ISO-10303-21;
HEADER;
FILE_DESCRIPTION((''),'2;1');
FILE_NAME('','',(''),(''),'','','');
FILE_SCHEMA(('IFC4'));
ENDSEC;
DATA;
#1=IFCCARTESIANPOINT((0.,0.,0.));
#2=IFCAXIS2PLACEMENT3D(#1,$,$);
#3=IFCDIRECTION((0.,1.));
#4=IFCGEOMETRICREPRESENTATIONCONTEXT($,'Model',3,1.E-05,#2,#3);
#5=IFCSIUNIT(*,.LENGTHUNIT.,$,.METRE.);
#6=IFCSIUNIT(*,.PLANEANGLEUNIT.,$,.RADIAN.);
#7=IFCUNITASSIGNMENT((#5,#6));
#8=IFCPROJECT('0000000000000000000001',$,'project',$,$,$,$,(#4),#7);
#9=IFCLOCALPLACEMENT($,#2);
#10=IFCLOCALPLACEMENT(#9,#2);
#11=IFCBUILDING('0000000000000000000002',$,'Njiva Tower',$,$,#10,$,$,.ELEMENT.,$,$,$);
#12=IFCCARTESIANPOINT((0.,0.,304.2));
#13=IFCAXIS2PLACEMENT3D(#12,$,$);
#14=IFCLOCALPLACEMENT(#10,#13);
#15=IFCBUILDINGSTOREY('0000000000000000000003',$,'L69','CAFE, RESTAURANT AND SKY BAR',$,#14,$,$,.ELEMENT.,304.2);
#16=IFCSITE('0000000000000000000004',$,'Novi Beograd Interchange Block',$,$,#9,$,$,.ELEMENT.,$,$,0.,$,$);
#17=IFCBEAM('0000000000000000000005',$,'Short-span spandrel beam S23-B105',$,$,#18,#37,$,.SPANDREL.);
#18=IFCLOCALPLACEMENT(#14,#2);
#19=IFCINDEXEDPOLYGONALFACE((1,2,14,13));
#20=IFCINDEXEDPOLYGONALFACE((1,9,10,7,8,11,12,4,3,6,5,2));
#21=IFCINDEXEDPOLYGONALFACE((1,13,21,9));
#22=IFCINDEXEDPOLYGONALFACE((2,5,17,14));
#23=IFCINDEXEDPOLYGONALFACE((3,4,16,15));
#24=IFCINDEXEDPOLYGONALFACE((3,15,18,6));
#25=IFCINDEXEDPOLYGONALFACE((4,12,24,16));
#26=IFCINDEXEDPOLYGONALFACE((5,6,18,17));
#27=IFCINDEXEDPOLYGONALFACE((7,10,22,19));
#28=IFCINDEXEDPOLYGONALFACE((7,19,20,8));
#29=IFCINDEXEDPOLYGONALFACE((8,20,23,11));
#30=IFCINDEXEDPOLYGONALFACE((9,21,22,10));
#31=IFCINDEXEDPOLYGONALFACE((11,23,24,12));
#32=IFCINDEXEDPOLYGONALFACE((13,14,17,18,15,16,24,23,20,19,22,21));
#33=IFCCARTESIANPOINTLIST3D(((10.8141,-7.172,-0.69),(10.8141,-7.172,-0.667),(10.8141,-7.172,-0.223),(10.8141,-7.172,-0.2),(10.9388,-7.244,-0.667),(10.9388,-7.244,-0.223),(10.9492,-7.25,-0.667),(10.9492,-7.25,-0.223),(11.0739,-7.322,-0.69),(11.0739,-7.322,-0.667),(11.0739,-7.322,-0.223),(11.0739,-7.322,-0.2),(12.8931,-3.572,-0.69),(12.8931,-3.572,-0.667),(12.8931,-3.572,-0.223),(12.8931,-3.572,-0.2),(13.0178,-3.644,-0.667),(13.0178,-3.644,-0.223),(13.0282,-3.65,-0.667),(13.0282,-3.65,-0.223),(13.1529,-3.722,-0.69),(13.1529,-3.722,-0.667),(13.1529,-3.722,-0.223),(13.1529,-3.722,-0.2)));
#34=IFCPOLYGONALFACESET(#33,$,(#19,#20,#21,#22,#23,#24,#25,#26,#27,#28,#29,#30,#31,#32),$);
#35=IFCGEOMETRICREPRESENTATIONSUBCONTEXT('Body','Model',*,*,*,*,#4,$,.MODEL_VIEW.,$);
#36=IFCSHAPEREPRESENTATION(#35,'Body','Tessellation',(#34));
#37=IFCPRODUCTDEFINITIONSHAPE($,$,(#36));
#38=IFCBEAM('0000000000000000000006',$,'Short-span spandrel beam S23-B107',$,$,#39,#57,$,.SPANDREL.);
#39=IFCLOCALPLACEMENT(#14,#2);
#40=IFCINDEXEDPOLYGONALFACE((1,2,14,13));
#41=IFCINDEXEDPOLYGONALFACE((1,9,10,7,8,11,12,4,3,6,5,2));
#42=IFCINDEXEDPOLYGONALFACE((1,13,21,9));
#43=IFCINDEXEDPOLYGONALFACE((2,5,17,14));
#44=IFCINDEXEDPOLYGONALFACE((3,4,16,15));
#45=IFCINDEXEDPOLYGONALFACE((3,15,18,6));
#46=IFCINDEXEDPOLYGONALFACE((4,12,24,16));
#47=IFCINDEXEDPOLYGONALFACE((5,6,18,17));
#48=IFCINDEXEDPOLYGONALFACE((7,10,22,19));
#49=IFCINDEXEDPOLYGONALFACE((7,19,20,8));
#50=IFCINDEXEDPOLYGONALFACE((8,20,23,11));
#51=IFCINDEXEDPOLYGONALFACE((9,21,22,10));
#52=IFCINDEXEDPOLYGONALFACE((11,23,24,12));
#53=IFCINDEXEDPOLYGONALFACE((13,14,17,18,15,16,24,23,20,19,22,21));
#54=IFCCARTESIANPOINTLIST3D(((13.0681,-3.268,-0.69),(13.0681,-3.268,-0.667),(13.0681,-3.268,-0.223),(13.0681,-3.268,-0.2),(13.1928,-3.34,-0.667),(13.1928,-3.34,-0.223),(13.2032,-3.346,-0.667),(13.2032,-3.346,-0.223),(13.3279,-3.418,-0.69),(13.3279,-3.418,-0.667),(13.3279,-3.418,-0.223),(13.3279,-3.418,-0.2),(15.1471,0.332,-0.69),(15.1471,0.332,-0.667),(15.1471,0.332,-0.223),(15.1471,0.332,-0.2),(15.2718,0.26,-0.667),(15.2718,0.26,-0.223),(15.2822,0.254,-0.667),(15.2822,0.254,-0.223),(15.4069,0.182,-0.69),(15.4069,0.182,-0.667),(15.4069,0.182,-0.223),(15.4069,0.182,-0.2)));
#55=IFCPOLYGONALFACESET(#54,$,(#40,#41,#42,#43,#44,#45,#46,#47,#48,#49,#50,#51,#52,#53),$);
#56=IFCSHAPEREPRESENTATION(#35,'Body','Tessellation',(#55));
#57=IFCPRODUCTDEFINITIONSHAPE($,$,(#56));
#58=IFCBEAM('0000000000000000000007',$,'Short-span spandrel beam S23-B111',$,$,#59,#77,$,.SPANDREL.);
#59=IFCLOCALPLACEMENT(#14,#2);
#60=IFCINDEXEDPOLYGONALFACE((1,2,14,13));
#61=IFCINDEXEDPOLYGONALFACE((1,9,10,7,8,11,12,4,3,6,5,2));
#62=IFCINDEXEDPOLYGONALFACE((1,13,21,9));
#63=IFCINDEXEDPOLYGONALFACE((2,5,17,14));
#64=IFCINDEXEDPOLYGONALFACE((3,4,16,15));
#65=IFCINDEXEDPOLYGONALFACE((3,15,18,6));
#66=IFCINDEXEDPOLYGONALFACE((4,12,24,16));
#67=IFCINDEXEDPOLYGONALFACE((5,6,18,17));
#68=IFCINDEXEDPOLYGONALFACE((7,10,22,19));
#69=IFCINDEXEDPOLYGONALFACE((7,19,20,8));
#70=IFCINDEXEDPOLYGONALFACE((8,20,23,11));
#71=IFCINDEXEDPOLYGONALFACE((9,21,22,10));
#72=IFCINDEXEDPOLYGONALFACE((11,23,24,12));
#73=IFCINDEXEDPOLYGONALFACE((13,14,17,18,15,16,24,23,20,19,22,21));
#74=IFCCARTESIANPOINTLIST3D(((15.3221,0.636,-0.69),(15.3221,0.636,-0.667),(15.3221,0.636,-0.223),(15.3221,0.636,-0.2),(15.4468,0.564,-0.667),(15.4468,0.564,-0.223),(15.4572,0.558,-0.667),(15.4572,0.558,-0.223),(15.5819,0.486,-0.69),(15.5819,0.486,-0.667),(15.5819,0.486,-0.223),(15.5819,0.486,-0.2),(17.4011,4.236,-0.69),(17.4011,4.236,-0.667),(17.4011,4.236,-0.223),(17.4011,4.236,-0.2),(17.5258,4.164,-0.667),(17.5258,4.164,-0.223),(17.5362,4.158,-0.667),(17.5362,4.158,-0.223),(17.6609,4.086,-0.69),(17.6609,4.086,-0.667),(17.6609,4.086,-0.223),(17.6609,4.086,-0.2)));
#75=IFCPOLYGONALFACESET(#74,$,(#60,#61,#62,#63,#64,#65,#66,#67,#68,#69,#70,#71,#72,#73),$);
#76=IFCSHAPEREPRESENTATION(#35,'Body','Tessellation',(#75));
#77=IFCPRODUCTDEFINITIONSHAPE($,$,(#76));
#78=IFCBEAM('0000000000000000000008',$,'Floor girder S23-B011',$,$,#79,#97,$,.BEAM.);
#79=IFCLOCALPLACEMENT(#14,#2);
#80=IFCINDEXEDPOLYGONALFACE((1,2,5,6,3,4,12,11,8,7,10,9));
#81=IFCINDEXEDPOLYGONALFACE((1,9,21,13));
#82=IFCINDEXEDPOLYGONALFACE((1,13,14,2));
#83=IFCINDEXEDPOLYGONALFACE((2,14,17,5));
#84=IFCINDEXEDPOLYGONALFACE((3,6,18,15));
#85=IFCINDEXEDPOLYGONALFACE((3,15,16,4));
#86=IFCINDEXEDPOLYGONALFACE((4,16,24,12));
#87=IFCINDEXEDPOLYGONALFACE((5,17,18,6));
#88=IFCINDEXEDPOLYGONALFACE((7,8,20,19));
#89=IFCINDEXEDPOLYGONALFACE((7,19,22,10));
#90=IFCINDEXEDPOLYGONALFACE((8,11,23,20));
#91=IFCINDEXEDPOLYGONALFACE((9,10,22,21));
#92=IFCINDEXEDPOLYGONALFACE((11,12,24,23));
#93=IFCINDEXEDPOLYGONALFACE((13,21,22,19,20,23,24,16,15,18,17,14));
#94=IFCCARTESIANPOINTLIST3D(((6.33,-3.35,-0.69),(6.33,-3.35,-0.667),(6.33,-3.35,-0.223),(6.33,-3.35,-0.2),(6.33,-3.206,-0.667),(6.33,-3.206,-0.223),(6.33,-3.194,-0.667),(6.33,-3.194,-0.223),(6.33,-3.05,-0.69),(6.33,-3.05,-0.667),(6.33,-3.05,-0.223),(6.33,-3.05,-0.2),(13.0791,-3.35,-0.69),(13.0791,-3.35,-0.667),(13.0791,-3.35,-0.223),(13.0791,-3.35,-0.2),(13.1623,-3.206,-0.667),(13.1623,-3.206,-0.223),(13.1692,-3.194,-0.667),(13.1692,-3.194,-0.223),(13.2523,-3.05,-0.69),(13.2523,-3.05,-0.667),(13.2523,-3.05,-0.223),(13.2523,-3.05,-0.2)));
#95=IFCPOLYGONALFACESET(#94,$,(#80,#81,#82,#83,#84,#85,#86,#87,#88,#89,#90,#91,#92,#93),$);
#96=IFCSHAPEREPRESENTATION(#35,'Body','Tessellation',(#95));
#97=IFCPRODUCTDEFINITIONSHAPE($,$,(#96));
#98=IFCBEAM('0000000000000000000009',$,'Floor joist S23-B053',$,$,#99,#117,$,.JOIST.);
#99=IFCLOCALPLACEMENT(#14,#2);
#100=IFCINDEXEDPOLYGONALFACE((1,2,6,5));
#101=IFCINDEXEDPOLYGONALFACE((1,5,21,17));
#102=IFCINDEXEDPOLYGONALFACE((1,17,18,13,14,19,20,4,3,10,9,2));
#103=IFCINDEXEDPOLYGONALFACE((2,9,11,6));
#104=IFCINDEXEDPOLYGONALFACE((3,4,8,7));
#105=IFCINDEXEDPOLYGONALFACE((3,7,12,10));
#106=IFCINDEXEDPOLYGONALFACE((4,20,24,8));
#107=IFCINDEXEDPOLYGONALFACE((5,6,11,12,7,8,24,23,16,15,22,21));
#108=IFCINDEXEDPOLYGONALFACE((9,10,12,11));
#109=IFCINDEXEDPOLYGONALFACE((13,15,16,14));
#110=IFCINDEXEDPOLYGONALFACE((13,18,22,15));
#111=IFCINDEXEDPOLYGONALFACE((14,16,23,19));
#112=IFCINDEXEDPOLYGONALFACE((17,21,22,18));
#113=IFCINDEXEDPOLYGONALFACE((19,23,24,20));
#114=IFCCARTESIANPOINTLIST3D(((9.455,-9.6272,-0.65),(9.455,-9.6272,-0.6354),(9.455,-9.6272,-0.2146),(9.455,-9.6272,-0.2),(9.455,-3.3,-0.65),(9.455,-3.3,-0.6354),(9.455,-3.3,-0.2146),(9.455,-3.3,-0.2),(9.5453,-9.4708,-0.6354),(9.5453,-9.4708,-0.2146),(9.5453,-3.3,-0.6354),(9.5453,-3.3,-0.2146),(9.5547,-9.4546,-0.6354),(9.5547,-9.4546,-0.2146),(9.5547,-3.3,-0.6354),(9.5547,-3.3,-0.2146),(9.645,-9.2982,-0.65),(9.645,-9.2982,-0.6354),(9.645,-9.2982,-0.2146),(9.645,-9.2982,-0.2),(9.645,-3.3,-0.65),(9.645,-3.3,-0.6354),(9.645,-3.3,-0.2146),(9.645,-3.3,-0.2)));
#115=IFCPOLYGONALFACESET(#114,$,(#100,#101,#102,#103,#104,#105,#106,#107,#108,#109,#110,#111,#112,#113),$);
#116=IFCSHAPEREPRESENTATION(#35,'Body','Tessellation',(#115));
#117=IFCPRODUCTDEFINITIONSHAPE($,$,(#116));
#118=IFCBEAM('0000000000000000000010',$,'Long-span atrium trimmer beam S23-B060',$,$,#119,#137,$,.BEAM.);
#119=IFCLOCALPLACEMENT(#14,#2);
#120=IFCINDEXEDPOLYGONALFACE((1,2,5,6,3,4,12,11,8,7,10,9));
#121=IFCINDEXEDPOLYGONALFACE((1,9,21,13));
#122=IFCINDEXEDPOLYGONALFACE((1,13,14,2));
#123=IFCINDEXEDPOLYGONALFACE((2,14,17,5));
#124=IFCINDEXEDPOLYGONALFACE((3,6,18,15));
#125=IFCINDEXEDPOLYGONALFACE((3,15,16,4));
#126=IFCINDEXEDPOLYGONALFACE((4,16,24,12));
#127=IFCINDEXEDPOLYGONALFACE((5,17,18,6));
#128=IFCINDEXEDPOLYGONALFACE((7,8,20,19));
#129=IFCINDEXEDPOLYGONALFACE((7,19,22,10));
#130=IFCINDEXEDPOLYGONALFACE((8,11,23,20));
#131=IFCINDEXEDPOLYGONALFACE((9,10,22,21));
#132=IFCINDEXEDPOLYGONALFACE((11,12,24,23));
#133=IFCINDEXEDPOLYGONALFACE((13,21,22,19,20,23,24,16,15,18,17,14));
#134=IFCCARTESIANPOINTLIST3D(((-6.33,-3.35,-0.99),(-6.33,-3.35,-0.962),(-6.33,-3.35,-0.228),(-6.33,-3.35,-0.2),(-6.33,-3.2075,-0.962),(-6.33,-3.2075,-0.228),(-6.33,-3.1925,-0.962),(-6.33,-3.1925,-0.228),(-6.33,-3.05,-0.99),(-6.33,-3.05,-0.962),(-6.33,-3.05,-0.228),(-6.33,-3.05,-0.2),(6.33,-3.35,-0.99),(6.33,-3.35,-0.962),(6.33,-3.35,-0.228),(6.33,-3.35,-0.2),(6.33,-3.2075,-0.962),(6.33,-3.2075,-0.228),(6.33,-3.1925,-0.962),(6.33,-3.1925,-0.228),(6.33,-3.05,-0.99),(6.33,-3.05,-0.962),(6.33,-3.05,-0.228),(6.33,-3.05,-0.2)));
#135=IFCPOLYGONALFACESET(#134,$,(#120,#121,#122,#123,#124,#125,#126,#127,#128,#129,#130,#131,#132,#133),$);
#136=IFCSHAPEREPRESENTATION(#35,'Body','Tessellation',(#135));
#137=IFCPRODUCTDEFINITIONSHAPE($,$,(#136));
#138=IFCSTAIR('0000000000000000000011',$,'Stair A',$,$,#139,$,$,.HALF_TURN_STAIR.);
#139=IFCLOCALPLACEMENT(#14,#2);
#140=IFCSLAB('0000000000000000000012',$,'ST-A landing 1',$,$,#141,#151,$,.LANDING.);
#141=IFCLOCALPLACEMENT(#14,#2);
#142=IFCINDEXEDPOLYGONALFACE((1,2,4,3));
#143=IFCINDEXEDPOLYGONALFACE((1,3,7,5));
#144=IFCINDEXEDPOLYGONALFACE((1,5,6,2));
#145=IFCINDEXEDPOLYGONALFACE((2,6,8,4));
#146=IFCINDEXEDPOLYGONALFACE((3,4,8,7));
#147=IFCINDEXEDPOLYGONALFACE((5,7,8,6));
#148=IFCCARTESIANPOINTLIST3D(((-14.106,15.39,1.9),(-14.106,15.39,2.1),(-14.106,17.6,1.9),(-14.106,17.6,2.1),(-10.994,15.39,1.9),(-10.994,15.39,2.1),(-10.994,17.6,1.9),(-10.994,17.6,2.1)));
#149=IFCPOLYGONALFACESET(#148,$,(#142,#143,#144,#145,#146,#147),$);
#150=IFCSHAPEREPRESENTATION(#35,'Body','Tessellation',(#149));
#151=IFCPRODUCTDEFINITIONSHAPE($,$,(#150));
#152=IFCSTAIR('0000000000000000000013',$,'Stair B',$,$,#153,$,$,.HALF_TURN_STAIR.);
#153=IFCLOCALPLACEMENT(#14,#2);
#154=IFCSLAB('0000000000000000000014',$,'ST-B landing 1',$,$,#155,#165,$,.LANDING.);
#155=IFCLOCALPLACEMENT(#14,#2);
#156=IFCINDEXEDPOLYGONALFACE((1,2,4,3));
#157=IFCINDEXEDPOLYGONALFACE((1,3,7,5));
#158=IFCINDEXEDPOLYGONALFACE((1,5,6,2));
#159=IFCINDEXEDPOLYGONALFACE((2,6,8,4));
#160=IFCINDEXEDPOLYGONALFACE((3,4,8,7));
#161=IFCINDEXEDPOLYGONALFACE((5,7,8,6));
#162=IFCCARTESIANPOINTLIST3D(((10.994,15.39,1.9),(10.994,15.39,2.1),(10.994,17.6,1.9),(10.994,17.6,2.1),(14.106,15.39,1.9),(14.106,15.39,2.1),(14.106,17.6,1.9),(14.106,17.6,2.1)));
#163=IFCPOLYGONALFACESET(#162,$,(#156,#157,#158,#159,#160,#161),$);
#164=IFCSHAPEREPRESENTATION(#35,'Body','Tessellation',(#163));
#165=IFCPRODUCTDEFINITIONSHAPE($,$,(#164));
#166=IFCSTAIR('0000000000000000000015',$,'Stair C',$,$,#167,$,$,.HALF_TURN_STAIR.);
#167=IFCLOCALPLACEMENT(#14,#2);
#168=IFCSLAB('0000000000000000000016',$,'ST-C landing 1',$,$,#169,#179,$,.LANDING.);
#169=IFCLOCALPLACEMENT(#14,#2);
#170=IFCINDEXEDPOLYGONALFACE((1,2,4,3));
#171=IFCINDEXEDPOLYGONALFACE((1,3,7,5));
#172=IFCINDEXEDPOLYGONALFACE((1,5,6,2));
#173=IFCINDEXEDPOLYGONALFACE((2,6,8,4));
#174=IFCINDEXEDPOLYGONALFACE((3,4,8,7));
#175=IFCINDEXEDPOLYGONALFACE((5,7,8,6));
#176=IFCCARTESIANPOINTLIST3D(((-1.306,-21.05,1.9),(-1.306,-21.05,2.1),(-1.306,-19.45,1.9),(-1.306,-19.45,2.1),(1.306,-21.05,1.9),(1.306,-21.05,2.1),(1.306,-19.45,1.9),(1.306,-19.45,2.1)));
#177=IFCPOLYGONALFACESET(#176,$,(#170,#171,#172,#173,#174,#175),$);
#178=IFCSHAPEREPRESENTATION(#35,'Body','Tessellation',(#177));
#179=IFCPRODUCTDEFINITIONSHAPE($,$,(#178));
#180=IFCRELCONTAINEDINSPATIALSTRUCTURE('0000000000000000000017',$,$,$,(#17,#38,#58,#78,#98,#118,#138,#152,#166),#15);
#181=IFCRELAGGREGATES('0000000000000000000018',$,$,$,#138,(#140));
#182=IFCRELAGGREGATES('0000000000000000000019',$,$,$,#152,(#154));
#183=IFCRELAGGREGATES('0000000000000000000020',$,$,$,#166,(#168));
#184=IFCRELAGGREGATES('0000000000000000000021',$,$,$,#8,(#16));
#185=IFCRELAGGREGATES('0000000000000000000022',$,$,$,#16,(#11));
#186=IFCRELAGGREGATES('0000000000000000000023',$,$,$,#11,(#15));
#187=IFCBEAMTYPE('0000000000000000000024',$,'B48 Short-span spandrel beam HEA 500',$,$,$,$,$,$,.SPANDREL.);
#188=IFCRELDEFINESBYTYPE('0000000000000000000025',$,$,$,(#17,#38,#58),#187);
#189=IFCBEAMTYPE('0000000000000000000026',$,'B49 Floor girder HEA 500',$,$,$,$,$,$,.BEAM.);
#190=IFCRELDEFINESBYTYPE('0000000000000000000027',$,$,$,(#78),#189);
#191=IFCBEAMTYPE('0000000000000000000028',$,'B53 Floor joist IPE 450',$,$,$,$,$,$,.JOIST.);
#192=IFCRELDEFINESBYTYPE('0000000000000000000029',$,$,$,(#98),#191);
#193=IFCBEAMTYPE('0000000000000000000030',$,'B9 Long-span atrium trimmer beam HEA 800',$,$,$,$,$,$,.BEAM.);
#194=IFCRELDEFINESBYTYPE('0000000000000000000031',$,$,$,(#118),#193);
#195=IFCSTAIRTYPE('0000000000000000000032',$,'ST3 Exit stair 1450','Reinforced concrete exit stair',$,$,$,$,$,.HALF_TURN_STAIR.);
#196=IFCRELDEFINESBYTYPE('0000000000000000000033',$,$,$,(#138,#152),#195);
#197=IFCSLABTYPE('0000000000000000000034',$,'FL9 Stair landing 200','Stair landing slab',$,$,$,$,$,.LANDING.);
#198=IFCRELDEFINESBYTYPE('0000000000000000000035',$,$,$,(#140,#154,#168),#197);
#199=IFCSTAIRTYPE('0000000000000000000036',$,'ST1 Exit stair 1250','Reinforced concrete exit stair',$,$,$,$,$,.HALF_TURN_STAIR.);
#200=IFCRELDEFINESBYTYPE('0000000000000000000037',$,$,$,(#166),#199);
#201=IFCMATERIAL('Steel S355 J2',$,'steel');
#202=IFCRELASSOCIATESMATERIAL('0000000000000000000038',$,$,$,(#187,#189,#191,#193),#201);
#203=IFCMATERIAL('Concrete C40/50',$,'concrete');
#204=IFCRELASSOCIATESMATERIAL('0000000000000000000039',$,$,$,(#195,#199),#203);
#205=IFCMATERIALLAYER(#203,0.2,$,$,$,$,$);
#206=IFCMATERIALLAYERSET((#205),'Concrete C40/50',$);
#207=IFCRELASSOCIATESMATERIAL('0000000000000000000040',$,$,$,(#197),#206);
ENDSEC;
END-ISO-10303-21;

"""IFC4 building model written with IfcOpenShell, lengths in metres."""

from ifc_helpers import new_model, si_unit, direction, frame, origin, origin_2d, place, context, subcontext, project, spatial, polyline, i_section, outline, extrude, clip, halfspace, material, layer, layer_set, material_profile, profile_set, type_object, element, aggregate, save


model = new_model("IFC4")

# Units and contexts
model_context = context("Model", 3, precision=1e-05, world=origin(), true_north=direction((0.0, 1.0)))
body_context = subcontext(model_context, "Body", "Model", "MODEL_VIEW")
ifc_project = project(units=[si_unit("LENGTHUNIT", "METRE"), si_unit("PLANEANGLEUNIT", "RADIAN")], contexts=[model_context])

# Site, building, storey
site_placement = place(None, origin())
site = spatial("IfcSite", under=ifc_project, at=site_placement, Name="Novi Beograd Interchange Block", CompositionType="ELEMENT", RefElevation=0.0)
building_placement = place(site_placement, origin())
building = spatial("IfcBuilding", under=site, at=building_placement, Name="Njiva Tower", CompositionType="ELEMENT")
storey_placement = place(building_placement, frame((0.0, 0.0, 304.2)))
storey = spatial("IfcBuildingStorey", under=building, at=storey_placement, Name="L69", Description="CAFE, RESTAURANT AND SKY BAR", CompositionType="ELEMENT", Elevation=304.2)

# Shared definitions
ifc_material_1 = material(Name="Steel S355 J2", Category="steel")

# Beams
ifc_material_profile_1 = material_profile(ifc_material_1, i_section(OverallWidth=0.3, OverallDepth=0.49, WebThickness=0.012, FlangeThickness=0.023, at=origin_2d()), Name="HEA 500")
ifc_profile_set_1 = profile_set([ifc_material_profile_1], Name="Steel S355 J2")
beam_type_1 = type_object("IfcBeamType", Name="B48 Short-span spandrel beam HEA 500", PredefinedType="SPANDREL", material=ifc_profile_set_1)
for number, where, z_axis, x_axis, name in (
    (1, (10.944, -7.247, -0.445), (0.500097, 0.865969, 0.0), (-0.865969, 0.500097, 0.0), "Short-span spandrel beam S23-B105"),
    (2, (13.198, -3.343, -0.445), (0.500097, 0.865969, 0.0), (-0.865969, 0.500097, 0.0), "Short-span spandrel beam S23-B107"),
    (3, (15.452, 0.561, -0.445), (0.500097, 0.865969, 0.0), (-0.865969, 0.500097, 0.0), "Short-span spandrel beam S23-B111"),
):
    element("IfcBeam", number, at=place(storey_placement, frame(where, z_axis=z_axis, x_axis=x_axis)), inside=storey, type_object=beam_type_1, Name=name, PredefinedType="SPANDREL", context=body_context, shape_type="SweptSolid", body=[
        extrude(i_section(OverallWidth=0.3, OverallDepth=0.49, WebThickness=0.012, FlangeThickness=0.023, at=origin_2d()), origin(), (0.0, 0.0, 1.0), 4.1572),
    ])
ifc_material_profile_2 = material_profile(ifc_material_1, i_section(OverallWidth=0.3, OverallDepth=0.49, WebThickness=0.012, FlangeThickness=0.023, at=origin_2d()), Name="HEA 500")
ifc_profile_set_2 = profile_set([ifc_material_profile_2], Name="Steel S355 J2")
beam_type_2 = type_object("IfcBeamType", Name="B49 Floor girder HEA 500", PredefinedType="BEAM", material=ifc_profile_set_2)
beam_1_placement = place(storey_placement, frame((6.33, -3.2, -0.445), z_axis=(1.0, 0.0, 0.0), x_axis=(0.0, 1.0, 0.0)))
element("IfcBeam", 4, at=beam_1_placement, inside=storey, type_object=beam_type_2, Name="Floor girder S23-B011", PredefinedType="BEAM", context=body_context, shape_type="Clipping", body=[
    clip(extrude(i_section(OverallWidth=0.3, OverallDepth=0.49, WebThickness=0.012, FlangeThickness=0.023, at=origin_2d()), origin(), (0.0, 0.0, 1.0), 6.943), halfspace(frame((-0.025, 0.0, 6.8213), z_axis=(-0.499998, 0.0, 0.866027), x_axis=(0.0, 1.0, 0.0)), False)),
])
ifc_material_profile_3 = material_profile(ifc_material_1, i_section(OverallWidth=0.19, OverallDepth=0.45, WebThickness=0.0094, FlangeThickness=0.0146, at=origin_2d()), Name="IPE 450")
ifc_profile_set_3 = profile_set([ifc_material_profile_3], Name="Steel S355 J2")
beam_type_3 = type_object("IfcBeamType", Name="B53 Floor joist IPE 450", PredefinedType="JOIST", material=ifc_profile_set_3)
beam_2_placement = place(storey_placement, frame((9.55, -3.3, -0.425), z_axis=(0.0, -1.0, 0.0), x_axis=(1.0, 0.0, 0.0)))
element("IfcBeam", 5, at=beam_2_placement, inside=storey, type_object=beam_type_3, Name="Floor joist S23-B053", PredefinedType="JOIST", context=body_context, shape_type="Clipping", body=[
    clip(extrude(i_section(OverallWidth=0.19, OverallDepth=0.45, WebThickness=0.0094, FlangeThickness=0.0146, at=origin_2d()), origin(), (0.0, 0.0, 1.0), 6.348), halfspace(frame((0.0433, 0.0, 6.0877), z_axis=(0.866027, 0.0, 0.499998), x_axis=(0.0, 1.0, 0.0)), False)),
])
ifc_material_profile_4 = material_profile(ifc_material_1, i_section(OverallWidth=0.3, OverallDepth=0.79, WebThickness=0.015, FlangeThickness=0.028, at=origin_2d()), Name="HEA 800")
ifc_profile_set_4 = profile_set([ifc_material_profile_4], Name="Steel S355 J2")
beam_type_4 = type_object("IfcBeamType", Name="B9 Long-span atrium trimmer beam HEA 800", PredefinedType="BEAM", material=ifc_profile_set_4)
beam_3_placement = place(storey_placement, frame((6.33, -3.2, -0.595), z_axis=(-1.0, 0.0, 0.0), x_axis=(0.0, -1.0, 0.0)))
element("IfcBeam", 6, at=beam_3_placement, inside=storey, type_object=beam_type_4, Name="Long-span atrium trimmer beam S23-B060", PredefinedType="BEAM", context=body_context, shape_type="SweptSolid", body=[
    extrude(i_section(OverallWidth=0.3, OverallDepth=0.79, WebThickness=0.015, FlangeThickness=0.028, at=origin_2d()), origin(), (0.0, 0.0, 1.0), 12.66),
])

# Stairs, slabs
ifc_material_2 = material(Name="Concrete C40/50", Category="concrete")
stair_type_1 = type_object("IfcStairType", Name="ST3 Exit stair 1450", Description="Reinforced concrete exit stair", PredefinedType="HALF_TURN_STAIR", material=ifc_material_2)
stair_1_placement = place(storey_placement, origin())
stair_1 = element("IfcStair", 7, at=stair_1_placement, inside=storey, type_object=stair_type_1, Name="Stair A", PredefinedType="HALF_TURN_STAIR")
ifc_layer_1 = layer(ifc_material_2, 0.2)
ifc_layer_set_1 = layer_set([ifc_layer_1], Name="Concrete C40/50")
slab_type_1 = type_object("IfcSlabType", Name="FL9 Stair landing 200", Description="Stair landing slab", PredefinedType="LANDING", material=ifc_layer_set_1)
slab_1_placement = place(storey_placement, frame((0.0, 0.0, 1.9)))
slab_1 = element("IfcSlab", 8, at=slab_1_placement, type_object=slab_type_1, Name="ST-A landing 1", PredefinedType="LANDING", context=body_context, shape_type="SweptSolid", body=[
    extrude(outline(polyline([(-14.106, 15.39), (-10.994, 15.39), (-10.994, 17.6), (-14.106, 17.6), (-14.106, 15.39)])), origin(), (0.0, 0.0, 1.0), 0.2),
])
aggregate(stair_1, [slab_1])
stair_2_placement = place(storey_placement, origin())
stair_2 = element("IfcStair", 9, at=stair_2_placement, inside=storey, type_object=stair_type_1, Name="Stair B", PredefinedType="HALF_TURN_STAIR")
slab_2_placement = place(storey_placement, frame((0.0, 0.0, 1.9)))
slab_2 = element("IfcSlab", 10, at=slab_2_placement, type_object=slab_type_1, Name="ST-B landing 1", PredefinedType="LANDING", context=body_context, shape_type="SweptSolid", body=[
    extrude(outline(polyline([(10.994, 15.39), (14.106, 15.39), (14.106, 17.6), (10.994, 17.6), (10.994, 15.39)])), origin(), (0.0, 0.0, 1.0), 0.2),
])
aggregate(stair_2, [slab_2])
stair_type_2 = type_object("IfcStairType", Name="ST1 Exit stair 1250", Description="Reinforced concrete exit stair", PredefinedType="HALF_TURN_STAIR", material=ifc_material_2)
stair_3_placement = place(storey_placement, origin())
stair_3 = element("IfcStair", 11, at=stair_3_placement, inside=storey, type_object=stair_type_2, Name="Stair C", PredefinedType="HALF_TURN_STAIR")
slab_3_placement = place(storey_placement, frame((0.0, 0.0, 1.9)))
slab_3 = element("IfcSlab", 12, at=slab_3_placement, type_object=slab_type_1, Name="ST-C landing 1", PredefinedType="LANDING", context=body_context, shape_type="SweptSolid", body=[
    extrude(outline(polyline([(-1.306, -21.05), (1.306, -21.05), (1.306, -19.45), (-1.306, -19.45), (-1.306, -21.05)])), origin(), (0.0, 0.0, 1.0), 0.2),
])
aggregate(stair_3, [slab_3])

save(model, "model.ifc")
